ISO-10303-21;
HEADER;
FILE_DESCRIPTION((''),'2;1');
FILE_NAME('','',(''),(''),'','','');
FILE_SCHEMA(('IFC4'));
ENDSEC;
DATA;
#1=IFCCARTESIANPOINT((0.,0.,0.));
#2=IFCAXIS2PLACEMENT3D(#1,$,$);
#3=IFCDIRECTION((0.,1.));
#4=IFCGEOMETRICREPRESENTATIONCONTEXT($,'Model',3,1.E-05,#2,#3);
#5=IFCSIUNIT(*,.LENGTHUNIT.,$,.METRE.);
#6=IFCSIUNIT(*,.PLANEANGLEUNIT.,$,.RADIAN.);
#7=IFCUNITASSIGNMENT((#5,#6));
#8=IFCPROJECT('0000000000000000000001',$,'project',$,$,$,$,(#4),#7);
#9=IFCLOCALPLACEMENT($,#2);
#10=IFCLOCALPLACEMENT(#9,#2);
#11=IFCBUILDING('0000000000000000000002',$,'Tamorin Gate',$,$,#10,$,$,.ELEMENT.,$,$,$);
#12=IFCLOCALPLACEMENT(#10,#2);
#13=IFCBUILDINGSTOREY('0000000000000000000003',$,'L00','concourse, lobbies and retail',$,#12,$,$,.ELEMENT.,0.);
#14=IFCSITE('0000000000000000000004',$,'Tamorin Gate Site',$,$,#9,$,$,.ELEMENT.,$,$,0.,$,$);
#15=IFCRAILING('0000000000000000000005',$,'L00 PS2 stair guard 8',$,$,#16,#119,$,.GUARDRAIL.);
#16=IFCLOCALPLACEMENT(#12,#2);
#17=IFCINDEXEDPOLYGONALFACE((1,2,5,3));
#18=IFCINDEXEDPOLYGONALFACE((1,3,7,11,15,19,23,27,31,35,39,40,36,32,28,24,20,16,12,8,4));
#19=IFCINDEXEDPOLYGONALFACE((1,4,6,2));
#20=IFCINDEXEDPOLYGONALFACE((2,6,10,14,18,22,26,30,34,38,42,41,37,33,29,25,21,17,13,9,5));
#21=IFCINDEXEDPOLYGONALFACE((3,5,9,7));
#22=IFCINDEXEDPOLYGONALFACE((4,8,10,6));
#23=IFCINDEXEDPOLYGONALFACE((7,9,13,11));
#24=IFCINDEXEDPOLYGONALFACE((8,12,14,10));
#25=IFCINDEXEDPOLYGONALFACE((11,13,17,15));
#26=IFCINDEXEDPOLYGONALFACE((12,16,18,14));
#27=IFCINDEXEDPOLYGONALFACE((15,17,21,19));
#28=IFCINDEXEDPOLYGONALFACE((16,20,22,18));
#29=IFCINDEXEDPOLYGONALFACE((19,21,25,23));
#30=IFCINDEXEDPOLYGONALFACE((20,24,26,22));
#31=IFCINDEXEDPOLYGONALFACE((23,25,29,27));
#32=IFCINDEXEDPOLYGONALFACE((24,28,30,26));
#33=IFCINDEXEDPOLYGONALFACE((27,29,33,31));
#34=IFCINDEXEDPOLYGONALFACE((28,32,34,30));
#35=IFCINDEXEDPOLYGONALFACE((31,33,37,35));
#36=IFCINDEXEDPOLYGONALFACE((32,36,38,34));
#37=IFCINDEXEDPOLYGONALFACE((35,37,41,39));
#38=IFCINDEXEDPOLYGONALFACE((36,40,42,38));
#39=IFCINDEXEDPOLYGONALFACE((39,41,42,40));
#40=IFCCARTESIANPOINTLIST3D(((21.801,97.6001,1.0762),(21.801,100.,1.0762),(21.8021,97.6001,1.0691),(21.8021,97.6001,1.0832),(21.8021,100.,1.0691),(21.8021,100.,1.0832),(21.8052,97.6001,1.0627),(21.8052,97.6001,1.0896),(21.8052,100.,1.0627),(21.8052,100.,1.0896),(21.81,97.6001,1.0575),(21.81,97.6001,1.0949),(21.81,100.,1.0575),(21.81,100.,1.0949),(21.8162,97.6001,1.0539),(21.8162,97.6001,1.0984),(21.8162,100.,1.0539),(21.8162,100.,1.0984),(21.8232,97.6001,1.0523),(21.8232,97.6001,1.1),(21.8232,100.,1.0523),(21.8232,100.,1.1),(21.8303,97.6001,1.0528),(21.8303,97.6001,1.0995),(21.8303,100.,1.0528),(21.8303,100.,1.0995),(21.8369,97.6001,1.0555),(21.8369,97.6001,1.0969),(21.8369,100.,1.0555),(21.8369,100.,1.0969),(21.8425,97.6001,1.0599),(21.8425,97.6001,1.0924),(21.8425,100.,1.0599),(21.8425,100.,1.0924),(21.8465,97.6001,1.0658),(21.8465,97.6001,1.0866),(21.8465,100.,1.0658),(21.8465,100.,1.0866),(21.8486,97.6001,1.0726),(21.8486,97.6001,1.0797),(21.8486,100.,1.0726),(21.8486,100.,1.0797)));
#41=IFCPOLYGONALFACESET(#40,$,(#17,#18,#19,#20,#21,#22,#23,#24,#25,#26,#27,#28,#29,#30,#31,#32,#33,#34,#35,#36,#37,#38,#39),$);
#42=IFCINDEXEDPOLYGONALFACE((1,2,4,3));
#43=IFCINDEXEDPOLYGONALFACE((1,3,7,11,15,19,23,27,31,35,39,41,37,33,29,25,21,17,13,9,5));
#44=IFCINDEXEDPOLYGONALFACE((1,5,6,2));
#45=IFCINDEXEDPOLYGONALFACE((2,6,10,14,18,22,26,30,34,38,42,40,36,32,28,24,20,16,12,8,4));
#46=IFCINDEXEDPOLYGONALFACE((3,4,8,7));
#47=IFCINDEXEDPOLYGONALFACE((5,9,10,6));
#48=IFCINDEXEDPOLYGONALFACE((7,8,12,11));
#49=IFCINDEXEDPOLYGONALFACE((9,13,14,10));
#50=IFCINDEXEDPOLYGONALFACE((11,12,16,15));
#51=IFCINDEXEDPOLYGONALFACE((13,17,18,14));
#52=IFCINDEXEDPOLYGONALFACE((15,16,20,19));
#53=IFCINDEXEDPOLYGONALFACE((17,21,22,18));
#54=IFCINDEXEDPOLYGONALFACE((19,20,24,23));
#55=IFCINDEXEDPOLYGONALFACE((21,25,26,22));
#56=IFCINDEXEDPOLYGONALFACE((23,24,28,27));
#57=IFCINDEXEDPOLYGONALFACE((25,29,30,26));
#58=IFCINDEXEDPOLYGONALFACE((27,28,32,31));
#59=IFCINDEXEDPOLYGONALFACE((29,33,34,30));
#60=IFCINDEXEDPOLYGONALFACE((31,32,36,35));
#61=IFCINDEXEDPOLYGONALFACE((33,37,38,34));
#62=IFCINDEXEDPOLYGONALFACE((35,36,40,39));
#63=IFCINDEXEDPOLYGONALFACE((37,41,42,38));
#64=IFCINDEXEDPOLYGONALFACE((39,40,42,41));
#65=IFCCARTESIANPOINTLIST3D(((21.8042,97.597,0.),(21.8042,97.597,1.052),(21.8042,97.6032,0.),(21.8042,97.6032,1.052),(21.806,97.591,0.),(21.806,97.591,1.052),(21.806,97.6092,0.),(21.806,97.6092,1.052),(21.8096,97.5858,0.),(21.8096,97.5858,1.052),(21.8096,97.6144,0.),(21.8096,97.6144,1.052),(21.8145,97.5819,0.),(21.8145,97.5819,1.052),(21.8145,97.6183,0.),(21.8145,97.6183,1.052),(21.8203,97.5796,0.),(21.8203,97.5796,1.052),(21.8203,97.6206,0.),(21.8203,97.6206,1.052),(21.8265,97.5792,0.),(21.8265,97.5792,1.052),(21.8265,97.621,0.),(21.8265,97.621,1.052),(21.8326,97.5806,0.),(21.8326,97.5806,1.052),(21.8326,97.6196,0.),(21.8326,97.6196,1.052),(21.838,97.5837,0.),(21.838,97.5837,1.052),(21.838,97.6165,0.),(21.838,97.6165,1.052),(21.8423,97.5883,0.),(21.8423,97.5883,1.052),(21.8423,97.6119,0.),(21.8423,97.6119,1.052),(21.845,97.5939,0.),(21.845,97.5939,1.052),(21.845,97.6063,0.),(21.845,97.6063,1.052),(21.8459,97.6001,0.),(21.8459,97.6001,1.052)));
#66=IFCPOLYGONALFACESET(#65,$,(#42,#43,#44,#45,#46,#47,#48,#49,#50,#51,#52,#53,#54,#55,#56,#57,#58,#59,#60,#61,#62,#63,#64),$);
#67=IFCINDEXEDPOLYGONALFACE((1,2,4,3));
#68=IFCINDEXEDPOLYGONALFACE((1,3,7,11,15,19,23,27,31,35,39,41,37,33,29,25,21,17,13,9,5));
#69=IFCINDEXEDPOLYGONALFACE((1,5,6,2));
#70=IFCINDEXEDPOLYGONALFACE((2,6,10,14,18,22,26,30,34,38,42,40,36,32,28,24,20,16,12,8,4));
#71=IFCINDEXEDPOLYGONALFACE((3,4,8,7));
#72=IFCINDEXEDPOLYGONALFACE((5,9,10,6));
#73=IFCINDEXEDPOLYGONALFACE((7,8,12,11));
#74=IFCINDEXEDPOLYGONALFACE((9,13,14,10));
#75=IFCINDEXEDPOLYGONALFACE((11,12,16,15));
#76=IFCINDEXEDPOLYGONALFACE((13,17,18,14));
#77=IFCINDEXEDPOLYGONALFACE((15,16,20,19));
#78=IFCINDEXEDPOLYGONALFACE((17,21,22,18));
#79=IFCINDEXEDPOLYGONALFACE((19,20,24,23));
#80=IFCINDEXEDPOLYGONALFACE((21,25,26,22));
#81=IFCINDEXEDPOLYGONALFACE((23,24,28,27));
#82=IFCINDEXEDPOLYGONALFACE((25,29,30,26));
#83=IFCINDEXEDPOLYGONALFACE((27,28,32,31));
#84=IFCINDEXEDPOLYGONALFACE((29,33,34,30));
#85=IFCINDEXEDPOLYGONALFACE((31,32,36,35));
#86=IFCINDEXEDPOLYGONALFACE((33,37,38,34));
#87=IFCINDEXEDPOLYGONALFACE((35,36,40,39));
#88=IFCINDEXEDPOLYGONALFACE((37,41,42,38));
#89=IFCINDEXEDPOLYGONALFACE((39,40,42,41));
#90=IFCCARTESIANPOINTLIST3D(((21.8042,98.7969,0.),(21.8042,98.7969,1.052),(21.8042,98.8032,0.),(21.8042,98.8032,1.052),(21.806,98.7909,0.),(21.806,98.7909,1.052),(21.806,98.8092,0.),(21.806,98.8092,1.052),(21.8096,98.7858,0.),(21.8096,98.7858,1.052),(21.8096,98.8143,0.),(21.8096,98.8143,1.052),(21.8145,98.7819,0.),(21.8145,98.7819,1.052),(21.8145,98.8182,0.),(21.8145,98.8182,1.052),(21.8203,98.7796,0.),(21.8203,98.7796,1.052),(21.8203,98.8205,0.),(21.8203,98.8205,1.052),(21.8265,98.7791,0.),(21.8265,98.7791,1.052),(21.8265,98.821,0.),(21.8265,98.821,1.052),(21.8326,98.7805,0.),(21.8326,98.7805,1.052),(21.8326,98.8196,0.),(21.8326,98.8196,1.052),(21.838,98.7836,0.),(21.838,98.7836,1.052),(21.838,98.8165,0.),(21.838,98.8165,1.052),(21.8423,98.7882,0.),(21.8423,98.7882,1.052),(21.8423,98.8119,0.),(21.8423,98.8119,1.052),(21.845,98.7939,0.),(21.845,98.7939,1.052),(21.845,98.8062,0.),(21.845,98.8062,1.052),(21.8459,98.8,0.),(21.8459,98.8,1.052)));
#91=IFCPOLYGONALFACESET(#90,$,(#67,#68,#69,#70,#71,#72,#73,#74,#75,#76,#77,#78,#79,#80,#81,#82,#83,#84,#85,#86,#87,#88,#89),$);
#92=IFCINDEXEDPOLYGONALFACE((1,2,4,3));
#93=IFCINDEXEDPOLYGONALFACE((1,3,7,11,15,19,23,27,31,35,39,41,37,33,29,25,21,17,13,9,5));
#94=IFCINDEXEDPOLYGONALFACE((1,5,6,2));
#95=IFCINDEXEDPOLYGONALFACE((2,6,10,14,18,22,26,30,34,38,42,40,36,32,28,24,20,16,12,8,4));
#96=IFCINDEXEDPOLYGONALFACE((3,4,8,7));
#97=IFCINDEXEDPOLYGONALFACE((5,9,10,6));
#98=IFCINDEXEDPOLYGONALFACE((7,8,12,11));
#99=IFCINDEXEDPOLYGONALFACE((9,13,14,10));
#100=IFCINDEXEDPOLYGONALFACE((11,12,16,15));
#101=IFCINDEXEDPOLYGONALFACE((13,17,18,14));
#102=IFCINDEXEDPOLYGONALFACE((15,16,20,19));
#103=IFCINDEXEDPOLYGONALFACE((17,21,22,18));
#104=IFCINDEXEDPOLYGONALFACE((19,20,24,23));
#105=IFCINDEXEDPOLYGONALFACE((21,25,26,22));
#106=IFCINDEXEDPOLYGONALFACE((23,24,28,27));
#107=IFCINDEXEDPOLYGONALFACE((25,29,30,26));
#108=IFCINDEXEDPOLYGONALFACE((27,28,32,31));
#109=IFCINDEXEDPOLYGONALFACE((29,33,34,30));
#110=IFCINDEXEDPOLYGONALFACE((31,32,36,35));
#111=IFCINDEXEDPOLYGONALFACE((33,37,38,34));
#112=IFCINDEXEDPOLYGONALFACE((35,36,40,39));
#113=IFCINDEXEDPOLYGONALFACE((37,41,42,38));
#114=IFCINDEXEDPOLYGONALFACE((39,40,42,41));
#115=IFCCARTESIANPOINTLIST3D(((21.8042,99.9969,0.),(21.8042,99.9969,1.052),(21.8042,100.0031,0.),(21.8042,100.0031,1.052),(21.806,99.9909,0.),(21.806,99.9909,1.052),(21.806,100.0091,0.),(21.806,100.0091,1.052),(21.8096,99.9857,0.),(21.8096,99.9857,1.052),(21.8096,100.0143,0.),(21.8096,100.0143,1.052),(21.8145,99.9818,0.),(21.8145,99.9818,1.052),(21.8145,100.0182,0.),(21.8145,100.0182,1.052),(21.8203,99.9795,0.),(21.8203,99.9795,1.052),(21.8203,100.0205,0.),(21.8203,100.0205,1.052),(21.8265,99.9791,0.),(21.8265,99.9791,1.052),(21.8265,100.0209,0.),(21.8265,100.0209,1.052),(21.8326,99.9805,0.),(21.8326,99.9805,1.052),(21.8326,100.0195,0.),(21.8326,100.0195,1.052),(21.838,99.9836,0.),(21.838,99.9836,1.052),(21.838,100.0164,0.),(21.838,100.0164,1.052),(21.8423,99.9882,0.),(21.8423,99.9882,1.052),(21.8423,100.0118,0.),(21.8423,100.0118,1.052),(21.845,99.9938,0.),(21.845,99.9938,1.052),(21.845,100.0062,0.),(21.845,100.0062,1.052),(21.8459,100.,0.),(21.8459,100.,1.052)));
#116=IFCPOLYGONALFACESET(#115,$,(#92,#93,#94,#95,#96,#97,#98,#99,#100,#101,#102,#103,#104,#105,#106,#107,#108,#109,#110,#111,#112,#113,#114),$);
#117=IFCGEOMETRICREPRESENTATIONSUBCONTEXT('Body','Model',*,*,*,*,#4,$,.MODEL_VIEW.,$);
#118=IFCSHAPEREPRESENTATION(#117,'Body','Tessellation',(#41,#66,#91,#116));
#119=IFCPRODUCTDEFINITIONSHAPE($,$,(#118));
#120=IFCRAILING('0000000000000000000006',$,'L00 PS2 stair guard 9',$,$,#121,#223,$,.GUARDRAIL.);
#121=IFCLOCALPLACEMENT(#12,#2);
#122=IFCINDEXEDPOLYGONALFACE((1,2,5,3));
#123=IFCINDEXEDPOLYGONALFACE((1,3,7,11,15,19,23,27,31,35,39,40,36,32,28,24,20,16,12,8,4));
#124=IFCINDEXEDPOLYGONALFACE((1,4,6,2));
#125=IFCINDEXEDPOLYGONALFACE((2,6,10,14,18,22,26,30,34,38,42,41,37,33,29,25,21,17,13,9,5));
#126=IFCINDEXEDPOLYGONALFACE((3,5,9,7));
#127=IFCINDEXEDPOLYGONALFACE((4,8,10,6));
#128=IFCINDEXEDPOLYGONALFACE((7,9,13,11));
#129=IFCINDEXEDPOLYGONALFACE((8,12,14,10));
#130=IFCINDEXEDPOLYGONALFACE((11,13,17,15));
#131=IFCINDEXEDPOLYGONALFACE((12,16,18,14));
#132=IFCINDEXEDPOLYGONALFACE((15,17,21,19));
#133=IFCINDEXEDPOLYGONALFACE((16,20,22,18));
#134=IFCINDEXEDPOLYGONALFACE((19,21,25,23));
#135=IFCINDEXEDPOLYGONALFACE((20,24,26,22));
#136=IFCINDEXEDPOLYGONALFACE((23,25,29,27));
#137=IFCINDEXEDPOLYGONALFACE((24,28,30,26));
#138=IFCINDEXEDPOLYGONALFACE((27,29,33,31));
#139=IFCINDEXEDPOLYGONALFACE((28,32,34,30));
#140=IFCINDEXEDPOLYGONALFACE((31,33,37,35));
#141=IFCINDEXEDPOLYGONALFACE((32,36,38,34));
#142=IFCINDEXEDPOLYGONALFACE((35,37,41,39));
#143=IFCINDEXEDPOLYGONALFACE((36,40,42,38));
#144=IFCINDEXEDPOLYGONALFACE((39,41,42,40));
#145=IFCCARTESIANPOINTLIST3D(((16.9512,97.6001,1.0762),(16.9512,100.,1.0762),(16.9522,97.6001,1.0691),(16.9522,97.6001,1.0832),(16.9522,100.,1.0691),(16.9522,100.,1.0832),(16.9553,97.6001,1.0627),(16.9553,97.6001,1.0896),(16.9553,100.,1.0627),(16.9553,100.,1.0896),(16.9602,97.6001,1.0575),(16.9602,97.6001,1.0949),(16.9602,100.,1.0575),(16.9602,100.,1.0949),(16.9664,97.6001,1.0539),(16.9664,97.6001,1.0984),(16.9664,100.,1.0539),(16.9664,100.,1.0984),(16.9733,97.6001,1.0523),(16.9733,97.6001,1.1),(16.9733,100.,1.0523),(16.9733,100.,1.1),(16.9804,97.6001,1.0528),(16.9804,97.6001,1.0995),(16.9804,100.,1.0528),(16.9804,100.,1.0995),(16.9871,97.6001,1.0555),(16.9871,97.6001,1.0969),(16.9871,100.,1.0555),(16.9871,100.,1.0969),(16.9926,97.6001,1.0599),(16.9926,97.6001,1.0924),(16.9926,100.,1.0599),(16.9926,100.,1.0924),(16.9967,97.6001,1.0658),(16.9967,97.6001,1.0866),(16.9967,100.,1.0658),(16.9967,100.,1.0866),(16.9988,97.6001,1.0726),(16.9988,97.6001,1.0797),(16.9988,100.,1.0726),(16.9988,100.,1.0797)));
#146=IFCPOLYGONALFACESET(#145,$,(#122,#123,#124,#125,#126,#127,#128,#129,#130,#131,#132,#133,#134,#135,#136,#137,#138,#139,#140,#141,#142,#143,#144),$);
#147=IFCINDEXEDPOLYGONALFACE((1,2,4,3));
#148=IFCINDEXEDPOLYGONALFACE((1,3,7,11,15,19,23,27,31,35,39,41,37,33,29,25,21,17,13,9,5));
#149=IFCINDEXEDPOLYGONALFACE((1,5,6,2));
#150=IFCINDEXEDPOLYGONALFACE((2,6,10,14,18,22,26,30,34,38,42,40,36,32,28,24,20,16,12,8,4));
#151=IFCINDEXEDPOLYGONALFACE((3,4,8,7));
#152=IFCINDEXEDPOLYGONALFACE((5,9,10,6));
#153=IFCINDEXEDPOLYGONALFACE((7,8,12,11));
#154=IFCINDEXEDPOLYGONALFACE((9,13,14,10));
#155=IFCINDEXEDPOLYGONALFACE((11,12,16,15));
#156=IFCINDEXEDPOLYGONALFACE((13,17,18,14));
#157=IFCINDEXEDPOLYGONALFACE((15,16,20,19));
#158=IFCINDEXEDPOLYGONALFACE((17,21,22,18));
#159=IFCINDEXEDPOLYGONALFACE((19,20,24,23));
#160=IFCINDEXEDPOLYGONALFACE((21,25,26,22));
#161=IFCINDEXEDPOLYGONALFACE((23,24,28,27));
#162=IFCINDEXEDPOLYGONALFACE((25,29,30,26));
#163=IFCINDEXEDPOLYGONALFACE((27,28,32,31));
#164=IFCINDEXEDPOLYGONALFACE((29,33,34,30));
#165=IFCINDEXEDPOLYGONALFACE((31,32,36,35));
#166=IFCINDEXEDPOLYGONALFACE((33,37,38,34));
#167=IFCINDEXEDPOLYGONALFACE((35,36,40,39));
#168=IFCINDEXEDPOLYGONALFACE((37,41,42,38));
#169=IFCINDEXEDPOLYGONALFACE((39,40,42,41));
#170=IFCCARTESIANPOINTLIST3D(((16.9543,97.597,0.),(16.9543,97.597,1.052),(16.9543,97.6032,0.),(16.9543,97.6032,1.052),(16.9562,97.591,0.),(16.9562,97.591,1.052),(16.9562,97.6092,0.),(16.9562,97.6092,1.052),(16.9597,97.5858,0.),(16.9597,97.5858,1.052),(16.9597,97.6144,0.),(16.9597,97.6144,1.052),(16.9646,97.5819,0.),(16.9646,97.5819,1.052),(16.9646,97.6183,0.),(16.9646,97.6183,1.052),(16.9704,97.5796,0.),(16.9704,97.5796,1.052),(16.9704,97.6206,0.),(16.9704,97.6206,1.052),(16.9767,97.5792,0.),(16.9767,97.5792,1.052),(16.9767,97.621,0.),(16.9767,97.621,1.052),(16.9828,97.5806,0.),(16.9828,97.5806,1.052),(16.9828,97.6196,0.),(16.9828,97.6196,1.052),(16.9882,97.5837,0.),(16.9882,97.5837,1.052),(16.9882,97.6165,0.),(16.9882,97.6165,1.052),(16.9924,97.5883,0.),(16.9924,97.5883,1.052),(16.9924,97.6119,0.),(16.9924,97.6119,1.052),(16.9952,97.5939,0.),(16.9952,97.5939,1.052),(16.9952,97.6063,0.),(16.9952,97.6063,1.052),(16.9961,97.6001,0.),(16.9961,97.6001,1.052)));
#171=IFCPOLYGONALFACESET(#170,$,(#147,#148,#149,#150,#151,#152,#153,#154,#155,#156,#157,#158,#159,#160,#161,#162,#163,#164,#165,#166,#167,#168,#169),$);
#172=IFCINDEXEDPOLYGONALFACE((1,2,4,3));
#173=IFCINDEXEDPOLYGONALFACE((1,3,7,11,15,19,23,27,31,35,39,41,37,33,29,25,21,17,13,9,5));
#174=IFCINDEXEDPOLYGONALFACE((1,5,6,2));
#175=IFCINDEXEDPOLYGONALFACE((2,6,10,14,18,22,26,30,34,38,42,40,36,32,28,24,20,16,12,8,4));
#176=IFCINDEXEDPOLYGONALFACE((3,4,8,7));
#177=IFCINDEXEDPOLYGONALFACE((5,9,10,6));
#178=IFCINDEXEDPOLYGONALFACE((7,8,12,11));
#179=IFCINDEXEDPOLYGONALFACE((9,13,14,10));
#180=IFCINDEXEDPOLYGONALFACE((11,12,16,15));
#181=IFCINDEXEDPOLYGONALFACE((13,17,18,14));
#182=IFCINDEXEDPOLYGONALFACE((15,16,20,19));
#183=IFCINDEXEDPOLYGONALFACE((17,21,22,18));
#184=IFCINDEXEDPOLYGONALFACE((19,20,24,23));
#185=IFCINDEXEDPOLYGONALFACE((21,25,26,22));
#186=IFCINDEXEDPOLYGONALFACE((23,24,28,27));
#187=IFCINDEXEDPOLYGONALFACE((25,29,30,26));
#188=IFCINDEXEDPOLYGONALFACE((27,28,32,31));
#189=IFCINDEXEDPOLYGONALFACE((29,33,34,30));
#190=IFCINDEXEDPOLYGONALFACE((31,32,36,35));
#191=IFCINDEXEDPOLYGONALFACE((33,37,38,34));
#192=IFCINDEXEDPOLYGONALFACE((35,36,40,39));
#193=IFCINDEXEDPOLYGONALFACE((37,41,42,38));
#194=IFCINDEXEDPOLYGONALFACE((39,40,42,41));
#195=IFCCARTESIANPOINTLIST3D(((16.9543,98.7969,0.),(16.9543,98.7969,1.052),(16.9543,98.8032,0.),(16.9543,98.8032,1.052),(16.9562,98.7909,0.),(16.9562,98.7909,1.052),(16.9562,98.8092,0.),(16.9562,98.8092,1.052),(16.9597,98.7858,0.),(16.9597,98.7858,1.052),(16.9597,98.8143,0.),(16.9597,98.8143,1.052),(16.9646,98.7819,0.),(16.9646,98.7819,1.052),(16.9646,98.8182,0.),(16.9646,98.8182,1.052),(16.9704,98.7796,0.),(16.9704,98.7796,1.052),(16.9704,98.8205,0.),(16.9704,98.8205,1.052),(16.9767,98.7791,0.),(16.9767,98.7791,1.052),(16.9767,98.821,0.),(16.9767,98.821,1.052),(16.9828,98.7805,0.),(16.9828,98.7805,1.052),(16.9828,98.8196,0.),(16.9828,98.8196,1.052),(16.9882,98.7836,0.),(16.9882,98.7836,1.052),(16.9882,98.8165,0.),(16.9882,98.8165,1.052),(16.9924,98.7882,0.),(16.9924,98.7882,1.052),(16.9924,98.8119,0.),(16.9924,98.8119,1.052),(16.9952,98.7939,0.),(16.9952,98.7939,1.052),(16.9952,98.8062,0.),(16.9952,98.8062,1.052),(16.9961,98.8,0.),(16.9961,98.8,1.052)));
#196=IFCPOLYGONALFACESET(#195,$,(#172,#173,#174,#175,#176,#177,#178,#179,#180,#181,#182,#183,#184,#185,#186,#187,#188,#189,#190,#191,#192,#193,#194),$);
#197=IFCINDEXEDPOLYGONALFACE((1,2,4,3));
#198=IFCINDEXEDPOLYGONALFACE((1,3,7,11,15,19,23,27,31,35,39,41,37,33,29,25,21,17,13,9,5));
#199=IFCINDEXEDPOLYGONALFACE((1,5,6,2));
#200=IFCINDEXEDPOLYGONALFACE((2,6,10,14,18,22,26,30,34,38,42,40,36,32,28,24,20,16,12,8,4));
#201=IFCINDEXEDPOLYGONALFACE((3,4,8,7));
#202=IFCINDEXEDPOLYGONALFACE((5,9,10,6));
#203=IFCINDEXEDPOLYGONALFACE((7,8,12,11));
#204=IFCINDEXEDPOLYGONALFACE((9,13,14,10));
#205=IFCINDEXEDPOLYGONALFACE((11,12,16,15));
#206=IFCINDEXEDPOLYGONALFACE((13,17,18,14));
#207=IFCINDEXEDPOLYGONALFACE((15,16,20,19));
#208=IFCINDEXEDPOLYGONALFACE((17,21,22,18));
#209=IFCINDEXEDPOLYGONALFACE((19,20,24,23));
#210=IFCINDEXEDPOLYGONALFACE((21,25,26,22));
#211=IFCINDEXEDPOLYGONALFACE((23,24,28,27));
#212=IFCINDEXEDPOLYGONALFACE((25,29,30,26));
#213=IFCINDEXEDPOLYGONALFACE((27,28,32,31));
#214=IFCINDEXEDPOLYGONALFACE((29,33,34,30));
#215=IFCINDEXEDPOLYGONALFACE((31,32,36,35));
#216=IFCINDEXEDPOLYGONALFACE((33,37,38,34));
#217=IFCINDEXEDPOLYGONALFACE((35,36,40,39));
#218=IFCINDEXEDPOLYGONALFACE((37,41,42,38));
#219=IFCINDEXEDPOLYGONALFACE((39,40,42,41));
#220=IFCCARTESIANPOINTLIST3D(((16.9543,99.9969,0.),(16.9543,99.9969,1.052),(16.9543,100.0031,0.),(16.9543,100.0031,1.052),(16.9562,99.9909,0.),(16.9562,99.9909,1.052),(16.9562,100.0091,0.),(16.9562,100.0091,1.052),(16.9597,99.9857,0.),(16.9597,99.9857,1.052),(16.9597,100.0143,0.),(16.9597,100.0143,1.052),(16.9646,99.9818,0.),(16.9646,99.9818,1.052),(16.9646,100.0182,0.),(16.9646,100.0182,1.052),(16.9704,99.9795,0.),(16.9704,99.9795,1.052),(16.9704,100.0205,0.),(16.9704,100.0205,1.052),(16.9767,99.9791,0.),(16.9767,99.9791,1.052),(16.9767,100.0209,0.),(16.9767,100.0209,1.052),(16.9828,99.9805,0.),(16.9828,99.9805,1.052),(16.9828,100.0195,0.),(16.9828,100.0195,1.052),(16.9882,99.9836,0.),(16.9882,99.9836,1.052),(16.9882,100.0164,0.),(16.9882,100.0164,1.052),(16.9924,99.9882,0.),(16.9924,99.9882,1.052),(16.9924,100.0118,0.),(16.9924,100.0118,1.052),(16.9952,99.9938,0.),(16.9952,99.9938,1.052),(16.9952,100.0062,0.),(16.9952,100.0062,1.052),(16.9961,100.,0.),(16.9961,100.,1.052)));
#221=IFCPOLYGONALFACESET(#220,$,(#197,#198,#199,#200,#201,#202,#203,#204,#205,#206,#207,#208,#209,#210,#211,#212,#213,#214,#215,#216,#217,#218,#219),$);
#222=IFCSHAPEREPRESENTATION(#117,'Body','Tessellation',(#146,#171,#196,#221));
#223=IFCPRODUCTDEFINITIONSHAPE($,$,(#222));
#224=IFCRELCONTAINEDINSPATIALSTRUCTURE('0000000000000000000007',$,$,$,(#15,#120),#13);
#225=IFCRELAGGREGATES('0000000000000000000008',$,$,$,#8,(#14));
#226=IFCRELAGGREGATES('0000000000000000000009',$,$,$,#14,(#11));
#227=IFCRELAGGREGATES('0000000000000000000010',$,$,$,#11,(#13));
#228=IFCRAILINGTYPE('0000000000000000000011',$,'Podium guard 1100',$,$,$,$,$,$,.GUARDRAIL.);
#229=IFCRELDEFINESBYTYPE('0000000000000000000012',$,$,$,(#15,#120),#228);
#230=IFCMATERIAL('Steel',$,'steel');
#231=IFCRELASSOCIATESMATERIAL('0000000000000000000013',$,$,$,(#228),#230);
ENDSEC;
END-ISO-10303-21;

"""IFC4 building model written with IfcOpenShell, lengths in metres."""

from ifc_helpers import new_model, si_unit, direction, frame, origin, origin_2d, place, context, subcontext, project, spatial, circle, extrude, material, type_object, element, save


model = new_model("IFC4")

# Units and contexts
model_context = context("Model", 3, precision=1e-05, world=origin(), true_north=direction((0.0, 1.0)))
body_context = subcontext(model_context, "Body", "Model", "MODEL_VIEW")
ifc_project = project(units=[si_unit("LENGTHUNIT", "METRE"), si_unit("PLANEANGLEUNIT", "RADIAN")], contexts=[model_context])

# Site, building, storey
site_placement = place(None, origin())
site = spatial("IfcSite", under=ifc_project, at=site_placement, Name="Tamorin Gate Site", CompositionType="ELEMENT", RefElevation=0.0)
building_placement = place(site_placement, origin())
building = spatial("IfcBuilding", under=site, at=building_placement, Name="Tamorin Gate", CompositionType="ELEMENT")
storey_placement = place(building_placement, origin())
storey = spatial("IfcBuildingStorey", under=building, at=storey_placement, Name="L00", Description="concourse, lobbies and retail", CompositionType="ELEMENT", Elevation=0.0)

# Railings
ifc_material_1 = material(Name="Steel", Category="steel")
railing_type = type_object("IfcRailingType", Name="Podium guard 1100", PredefinedType="GUARDRAIL", material=ifc_material_1)
for number, where, name in (
    (1, (21.825, 97.6001, 0.0), "L00 PS2 stair guard 8"),
    (2, (16.9751, 97.6001, 0.0), "L00 PS2 stair guard 9"),
):
    element("IfcRailing", number, at=place(storey_placement, frame(where)), inside=storey, type_object=railing_type, Name=name, PredefinedType="GUARDRAIL", context=body_context, shape_type="SweptSolid", body=[
        extrude(circle(Radius=0.0239, at=origin_2d()), frame((0.0, 0.0, 1.0762), z_axis=(0.0, 1.0, 0.0), x_axis=(-1.0, 0.0, 0.0)), (0.0, 0.0, 1.0), 2.3999),
        extrude(circle(Radius=0.021, at=origin_2d()), origin(), (0.0, 0.0, 1.0), 1.052),
        extrude(circle(Radius=0.021, at=origin_2d()), frame((0.0, 1.2, 0.0)), (0.0, 0.0, 1.0), 1.052),
        extrude(circle(Radius=0.021, at=origin_2d()), frame((0.0, 2.3999, 0.0)), (0.0, 0.0, 1.0), 1.052),
    ])

save(model, "model.ifc")
